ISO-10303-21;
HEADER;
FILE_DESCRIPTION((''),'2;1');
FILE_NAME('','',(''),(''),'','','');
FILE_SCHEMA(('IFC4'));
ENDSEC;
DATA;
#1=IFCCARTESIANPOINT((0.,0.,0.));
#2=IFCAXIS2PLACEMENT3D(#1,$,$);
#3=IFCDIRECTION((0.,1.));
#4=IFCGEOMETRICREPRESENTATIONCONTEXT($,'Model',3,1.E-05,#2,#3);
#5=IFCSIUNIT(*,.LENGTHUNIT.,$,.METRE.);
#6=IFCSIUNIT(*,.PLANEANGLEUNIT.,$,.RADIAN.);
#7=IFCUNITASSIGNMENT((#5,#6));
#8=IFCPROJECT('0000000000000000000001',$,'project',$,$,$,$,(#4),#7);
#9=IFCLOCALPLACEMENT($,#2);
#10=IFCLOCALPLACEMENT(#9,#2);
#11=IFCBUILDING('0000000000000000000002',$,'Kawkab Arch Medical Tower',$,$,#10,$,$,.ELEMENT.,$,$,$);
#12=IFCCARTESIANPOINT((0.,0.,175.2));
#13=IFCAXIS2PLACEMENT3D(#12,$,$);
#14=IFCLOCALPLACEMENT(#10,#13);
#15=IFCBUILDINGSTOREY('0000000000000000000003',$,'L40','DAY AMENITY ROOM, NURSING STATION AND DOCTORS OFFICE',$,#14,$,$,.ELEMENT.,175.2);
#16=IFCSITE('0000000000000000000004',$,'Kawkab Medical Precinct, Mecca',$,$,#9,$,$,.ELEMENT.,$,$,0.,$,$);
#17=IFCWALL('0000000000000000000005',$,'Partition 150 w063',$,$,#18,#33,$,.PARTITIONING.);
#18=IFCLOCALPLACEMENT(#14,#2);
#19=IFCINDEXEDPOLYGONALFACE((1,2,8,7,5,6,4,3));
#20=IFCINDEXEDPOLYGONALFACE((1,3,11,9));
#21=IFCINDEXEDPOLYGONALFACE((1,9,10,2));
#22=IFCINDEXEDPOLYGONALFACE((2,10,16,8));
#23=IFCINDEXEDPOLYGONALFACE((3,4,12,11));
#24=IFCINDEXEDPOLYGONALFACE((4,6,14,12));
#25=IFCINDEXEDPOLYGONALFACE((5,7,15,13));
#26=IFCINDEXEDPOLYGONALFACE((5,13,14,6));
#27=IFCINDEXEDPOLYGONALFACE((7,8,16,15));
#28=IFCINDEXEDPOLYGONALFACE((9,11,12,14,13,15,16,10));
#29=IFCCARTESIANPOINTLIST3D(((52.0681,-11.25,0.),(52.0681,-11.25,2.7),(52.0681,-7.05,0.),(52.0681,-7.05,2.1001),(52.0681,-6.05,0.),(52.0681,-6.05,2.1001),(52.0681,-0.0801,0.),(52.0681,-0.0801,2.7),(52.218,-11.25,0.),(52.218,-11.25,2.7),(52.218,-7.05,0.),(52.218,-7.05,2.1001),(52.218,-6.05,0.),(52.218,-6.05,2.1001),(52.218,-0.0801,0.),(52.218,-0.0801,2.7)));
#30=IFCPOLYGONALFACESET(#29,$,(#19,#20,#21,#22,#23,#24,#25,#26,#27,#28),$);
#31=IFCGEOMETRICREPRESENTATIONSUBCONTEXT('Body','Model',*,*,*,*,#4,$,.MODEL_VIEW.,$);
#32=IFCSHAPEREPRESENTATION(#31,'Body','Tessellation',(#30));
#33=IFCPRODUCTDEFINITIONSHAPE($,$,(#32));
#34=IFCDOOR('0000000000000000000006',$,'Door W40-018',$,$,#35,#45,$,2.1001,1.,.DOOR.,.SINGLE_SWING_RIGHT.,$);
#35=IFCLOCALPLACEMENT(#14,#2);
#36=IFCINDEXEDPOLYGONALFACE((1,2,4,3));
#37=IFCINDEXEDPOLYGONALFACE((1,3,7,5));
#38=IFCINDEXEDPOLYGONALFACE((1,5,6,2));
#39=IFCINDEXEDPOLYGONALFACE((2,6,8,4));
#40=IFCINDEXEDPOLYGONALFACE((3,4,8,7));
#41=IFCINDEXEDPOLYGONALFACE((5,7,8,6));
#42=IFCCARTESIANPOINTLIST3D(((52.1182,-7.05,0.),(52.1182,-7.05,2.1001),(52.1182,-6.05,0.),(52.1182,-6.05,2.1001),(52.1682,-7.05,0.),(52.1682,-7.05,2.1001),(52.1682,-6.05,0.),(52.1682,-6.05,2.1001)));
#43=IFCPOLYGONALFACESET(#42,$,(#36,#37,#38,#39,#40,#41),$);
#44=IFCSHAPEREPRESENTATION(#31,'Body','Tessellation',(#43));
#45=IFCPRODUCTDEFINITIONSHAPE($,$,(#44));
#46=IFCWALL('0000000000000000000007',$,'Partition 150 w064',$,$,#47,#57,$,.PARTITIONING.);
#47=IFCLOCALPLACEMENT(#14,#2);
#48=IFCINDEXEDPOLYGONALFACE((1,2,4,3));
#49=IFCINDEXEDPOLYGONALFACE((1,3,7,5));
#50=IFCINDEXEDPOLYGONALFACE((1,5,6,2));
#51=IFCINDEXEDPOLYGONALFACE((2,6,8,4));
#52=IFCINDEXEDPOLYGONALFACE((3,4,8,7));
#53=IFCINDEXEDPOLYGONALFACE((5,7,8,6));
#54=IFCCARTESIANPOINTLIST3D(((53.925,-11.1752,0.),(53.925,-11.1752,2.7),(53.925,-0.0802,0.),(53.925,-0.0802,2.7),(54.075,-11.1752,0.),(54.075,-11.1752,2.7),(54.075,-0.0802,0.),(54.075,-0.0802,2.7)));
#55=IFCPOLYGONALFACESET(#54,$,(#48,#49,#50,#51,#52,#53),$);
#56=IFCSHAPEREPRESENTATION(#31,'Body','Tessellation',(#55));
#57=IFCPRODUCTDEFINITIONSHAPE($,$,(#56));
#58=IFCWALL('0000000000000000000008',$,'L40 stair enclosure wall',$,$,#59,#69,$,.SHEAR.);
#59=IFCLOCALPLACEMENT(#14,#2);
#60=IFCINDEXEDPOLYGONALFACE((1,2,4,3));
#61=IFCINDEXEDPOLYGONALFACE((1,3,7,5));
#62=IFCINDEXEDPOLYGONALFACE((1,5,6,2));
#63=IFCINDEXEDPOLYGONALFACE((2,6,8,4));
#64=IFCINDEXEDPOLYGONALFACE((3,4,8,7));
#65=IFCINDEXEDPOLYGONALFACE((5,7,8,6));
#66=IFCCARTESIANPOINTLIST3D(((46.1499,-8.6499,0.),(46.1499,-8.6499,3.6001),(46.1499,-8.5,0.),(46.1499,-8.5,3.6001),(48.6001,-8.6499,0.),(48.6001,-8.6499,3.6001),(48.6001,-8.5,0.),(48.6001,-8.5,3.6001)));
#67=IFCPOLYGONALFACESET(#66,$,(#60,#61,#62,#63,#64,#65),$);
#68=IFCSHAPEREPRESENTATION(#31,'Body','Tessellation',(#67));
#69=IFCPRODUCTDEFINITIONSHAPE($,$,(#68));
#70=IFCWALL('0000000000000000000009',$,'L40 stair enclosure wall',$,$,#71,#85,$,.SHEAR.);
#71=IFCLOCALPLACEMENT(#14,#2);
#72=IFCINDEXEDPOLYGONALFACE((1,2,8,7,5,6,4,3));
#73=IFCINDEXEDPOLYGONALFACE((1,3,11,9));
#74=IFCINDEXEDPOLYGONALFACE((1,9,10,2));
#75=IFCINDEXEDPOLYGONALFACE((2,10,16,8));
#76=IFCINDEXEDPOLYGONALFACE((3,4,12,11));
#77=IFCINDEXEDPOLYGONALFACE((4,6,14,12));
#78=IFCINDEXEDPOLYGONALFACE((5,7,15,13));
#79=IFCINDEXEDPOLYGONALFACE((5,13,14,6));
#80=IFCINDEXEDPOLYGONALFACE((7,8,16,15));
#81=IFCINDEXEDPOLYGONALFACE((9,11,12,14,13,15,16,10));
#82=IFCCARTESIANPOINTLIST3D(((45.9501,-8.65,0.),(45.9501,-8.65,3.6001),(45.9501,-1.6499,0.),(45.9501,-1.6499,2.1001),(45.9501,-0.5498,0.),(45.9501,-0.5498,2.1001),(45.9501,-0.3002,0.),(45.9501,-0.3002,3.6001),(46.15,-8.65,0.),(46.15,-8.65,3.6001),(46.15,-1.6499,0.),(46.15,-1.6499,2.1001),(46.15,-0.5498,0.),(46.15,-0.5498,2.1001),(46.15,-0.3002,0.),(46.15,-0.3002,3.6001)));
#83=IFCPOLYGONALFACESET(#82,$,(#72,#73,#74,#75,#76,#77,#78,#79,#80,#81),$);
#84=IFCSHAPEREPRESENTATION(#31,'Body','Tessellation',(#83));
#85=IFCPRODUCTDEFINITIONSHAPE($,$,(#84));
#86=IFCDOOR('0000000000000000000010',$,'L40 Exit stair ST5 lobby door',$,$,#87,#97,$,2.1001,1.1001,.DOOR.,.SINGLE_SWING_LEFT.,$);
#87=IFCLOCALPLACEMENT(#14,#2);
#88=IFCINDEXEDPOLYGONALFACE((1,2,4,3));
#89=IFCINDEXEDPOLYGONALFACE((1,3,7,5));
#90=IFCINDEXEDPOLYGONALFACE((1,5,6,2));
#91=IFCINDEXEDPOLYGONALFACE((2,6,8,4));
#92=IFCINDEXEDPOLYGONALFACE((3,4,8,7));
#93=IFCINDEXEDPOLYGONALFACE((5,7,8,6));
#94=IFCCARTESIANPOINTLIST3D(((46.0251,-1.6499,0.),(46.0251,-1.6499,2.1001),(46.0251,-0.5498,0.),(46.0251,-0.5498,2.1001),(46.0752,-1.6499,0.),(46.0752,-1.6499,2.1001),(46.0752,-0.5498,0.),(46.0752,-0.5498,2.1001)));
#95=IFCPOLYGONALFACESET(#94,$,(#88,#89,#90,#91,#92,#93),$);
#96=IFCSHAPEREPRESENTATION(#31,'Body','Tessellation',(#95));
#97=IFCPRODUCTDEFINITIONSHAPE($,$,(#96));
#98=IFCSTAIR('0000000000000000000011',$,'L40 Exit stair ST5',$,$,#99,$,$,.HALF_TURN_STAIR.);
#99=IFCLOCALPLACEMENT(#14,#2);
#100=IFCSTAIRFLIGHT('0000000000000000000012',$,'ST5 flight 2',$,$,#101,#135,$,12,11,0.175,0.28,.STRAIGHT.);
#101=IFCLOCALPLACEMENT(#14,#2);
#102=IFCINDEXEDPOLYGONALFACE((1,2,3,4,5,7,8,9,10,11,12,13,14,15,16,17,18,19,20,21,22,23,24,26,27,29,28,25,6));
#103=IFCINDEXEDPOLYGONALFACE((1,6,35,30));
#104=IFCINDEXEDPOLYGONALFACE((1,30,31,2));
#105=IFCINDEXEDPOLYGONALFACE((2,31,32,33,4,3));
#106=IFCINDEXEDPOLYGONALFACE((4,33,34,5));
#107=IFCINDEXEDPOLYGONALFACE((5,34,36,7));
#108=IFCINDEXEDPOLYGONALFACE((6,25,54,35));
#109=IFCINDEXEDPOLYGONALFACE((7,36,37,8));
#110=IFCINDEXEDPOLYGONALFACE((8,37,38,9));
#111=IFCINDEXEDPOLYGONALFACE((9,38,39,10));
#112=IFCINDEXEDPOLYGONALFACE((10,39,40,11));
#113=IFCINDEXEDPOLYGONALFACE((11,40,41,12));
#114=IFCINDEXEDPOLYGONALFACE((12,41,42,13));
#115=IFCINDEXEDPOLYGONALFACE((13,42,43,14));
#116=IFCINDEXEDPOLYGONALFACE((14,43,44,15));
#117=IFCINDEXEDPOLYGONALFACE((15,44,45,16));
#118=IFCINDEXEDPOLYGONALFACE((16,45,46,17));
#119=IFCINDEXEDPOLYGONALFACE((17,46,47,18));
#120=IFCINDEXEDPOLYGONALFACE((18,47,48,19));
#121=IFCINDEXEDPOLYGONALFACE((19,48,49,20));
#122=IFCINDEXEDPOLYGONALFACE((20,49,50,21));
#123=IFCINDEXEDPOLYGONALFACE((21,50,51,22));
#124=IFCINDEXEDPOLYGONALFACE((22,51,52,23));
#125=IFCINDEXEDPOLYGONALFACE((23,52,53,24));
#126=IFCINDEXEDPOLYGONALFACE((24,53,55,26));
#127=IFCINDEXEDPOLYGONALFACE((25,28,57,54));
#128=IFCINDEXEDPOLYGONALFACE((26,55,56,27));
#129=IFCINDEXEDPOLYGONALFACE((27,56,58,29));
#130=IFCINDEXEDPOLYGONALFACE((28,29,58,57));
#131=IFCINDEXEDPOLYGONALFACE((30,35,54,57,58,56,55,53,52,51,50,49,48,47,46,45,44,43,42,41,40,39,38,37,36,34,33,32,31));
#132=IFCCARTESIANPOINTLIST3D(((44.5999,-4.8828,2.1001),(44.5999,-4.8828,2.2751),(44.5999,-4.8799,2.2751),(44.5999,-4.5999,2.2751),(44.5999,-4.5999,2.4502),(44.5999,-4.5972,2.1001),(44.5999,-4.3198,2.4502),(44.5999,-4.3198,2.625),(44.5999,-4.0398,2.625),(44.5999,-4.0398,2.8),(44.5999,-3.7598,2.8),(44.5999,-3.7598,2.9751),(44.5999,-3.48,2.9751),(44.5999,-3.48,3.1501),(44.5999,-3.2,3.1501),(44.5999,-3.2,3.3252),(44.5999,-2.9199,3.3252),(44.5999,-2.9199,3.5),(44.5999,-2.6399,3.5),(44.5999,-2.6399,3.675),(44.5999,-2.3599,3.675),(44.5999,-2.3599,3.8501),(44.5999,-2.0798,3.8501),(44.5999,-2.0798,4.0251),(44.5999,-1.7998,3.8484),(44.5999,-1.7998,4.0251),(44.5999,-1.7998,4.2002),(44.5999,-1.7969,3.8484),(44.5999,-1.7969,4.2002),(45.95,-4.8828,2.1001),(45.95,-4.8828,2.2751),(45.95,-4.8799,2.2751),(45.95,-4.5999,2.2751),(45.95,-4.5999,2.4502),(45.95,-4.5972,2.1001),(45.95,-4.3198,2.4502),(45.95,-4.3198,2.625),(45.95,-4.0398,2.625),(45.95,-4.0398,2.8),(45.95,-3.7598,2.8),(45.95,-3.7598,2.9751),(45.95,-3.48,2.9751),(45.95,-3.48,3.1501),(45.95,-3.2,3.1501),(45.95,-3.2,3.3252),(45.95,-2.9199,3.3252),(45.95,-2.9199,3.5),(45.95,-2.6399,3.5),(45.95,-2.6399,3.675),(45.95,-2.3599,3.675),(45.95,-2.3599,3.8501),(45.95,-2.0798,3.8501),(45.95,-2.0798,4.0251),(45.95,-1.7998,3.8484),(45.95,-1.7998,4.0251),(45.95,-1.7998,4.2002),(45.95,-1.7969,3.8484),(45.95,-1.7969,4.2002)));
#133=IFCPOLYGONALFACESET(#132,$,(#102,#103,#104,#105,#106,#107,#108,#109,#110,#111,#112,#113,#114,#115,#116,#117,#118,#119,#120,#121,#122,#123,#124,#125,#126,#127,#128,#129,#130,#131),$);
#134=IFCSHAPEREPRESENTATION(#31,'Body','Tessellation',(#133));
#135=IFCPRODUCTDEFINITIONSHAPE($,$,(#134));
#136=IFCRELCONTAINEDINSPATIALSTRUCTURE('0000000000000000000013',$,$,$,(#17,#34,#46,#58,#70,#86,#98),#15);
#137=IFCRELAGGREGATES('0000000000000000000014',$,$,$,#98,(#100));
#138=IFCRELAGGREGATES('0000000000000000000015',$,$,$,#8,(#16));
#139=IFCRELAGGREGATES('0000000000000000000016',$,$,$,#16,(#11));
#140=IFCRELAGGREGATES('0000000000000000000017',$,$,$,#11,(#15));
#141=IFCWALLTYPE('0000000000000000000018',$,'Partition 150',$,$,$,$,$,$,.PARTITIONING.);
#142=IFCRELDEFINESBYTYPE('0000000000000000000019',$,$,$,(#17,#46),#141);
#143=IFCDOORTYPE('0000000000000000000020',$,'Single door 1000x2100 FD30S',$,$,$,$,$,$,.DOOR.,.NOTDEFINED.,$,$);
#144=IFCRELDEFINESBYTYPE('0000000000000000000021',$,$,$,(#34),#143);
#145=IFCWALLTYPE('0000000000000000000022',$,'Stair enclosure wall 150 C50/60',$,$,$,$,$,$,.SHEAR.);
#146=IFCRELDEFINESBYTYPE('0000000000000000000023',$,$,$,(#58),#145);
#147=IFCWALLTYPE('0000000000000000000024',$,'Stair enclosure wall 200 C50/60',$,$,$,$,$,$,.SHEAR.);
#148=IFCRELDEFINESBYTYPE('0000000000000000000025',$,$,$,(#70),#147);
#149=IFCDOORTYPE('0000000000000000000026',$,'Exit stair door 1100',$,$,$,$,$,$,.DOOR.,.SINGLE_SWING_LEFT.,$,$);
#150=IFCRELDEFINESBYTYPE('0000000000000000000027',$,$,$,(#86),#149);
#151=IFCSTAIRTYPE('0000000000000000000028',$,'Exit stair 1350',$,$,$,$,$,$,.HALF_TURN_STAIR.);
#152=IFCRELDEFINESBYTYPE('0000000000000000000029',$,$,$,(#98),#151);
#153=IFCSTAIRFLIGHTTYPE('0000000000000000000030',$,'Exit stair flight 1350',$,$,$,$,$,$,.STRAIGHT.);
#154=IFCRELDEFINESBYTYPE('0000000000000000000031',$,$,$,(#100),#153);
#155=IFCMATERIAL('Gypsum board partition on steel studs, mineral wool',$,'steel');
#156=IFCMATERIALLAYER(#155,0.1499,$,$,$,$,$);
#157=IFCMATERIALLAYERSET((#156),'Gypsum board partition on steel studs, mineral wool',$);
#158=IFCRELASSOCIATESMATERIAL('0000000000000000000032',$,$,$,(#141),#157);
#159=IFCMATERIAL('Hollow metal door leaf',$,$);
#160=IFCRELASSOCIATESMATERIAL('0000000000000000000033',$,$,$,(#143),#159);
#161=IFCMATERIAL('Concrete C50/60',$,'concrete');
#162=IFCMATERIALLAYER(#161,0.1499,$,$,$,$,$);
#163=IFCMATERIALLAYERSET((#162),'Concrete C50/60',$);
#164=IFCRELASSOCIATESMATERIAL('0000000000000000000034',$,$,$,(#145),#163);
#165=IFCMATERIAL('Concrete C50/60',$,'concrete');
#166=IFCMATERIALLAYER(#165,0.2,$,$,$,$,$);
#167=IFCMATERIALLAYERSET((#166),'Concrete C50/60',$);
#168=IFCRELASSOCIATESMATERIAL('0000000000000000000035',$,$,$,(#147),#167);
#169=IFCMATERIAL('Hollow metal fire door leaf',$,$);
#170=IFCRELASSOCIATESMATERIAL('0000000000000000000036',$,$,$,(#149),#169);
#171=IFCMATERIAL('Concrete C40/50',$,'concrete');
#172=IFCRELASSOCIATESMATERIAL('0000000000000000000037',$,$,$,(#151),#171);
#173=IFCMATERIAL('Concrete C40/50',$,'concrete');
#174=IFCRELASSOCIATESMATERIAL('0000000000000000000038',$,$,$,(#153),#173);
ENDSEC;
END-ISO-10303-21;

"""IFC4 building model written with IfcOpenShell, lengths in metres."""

from ifc_helpers import new_model, si_unit, direction, frame, frame_2d, origin, place, context, subcontext, project, spatial, polyline, rectangle, outline, extrude, material, layer, layer_set, type_object, element, fill, aggregate, save


model = new_model("IFC4")

# Units and contexts
model_context = context("Model", 3, precision=1e-05, world=origin(), true_north=direction((0.0, 1.0)))
body_context = subcontext(model_context, "Body", "Model", "MODEL_VIEW")
ifc_project = project(units=[si_unit("LENGTHUNIT", "METRE"), si_unit("PLANEANGLEUNIT", "RADIAN")], contexts=[model_context])

# Site, building, storey
site_placement = place(None, origin())
site = spatial("IfcSite", under=ifc_project, at=site_placement, Name="Kawkab Medical Precinct, Mecca", CompositionType="ELEMENT", RefElevation=0.0)
building_placement = place(site_placement, origin())
building = spatial("IfcBuilding", under=site, at=building_placement, Name="Kawkab Arch Medical Tower", CompositionType="ELEMENT")
storey_placement = place(building_placement, frame((0.0, 0.0, 175.2)))
storey = spatial("IfcBuildingStorey", under=building, at=storey_placement, Name="L40", Description="DAY AMENITY ROOM, NURSING STATION AND DOCTORS OFFICE", CompositionType="ELEMENT", Elevation=175.2)

# Shared definitions
ifc_material_1 = material(Name="Gypsum board partition on steel studs, mineral wool", Category="steel")
ifc_layer_1 = layer(ifc_material_1, 0.1499)
ifc_layer_set_1 = layer_set([ifc_layer_1], Name="Gypsum board partition on steel studs, mineral wool")
wall_type_1 = type_object("IfcWallType", Name="Partition 150", PredefinedType="PARTITIONING", material=ifc_layer_set_1)

# Wall, opening, door
wall_1_placement = place(storey_placement, frame((52.1431, -11.25, 0.0), z_axis=(0.0, 0.0, 1.0), x_axis=(0.0, 1.0, 0.0)))
wall_1 = element("IfcWall", 1, at=wall_1_placement, inside=storey, type_object=wall_type_1, Name="Partition 150 w063", PredefinedType="PARTITIONING", context=body_context, shape_type="SweptSolid", body=[
    extrude(rectangle(XDim=11.1699, YDim=0.1499, at=frame_2d((5.585, 0.0))), origin(), (0.0, 0.0, 1.0), 2.7),
])
opening_1_placement = place(wall_1_placement, frame((4.2, 0.0, 0.0)))
opening_1 = element("IfcOpeningElement", 2, at=opening_1_placement, cuts=wall_1, PredefinedType="OPENING", context=body_context, shape_type="SweptSolid", body=[
    extrude(rectangle(XDim=1.0, YDim=2.1001, at=frame_2d((0.5, 1.05))), frame((0.0, 0.085, 0.0), z_axis=(0.0, -1.0, 0.0), x_axis=(1.0, 0.0, 0.0)), (0.0, 0.0, 1.0), 0.1699),
])
ifc_material_2 = material(Name="Hollow metal door leaf")
door_type_1 = type_object("IfcDoorType", Name="Single door 1000x2100 FD30S", OperationType="NOTDEFINED", PredefinedType="DOOR", material=ifc_material_2)
door_1_placement = place(opening_1_placement, origin())
door_1 = element("IfcDoor", 3, at=door_1_placement, inside=storey, type_object=door_type_1, Name="Door W40-018", OperationType="SINGLE_SWING_RIGHT", OverallHeight=2.1001, OverallWidth=1.0, PredefinedType="DOOR", context=body_context, shape_type="SweptSolid", body=[
    extrude(rectangle(XDim=1.0, YDim=2.1001, at=frame_2d((0.5, 1.05))), frame((0.0, 0.0249, 0.0), z_axis=(0.0, -1.0, 0.0), x_axis=(1.0, 0.0, 0.0)), (0.0, 0.0, 1.0), 0.05),
])
fill(opening_1, door_1)

# Walls
wall_2_placement = place(storey_placement, frame((54.0, -11.175, 0.0), z_axis=(0.0, 0.0, 1.0), x_axis=(0.0, 1.0, 0.0)))
element("IfcWall", 4, at=wall_2_placement, inside=storey, type_object=wall_type_1, Name="Partition 150 w064", PredefinedType="PARTITIONING", context=body_context, shape_type="SweptSolid", body=[
    extrude(rectangle(XDim=11.095, YDim=0.1499, at=frame_2d((5.5474, 0.0))), origin(), (0.0, 0.0, 1.0), 2.7),
])
ifc_material_3 = material(Name="Concrete C50/60", Category="concrete")
ifc_layer_2 = layer(ifc_material_3, 0.1499)
ifc_layer_set_2 = layer_set([ifc_layer_2], Name="Concrete C50/60")
wall_type_2 = type_object("IfcWallType", Name="Stair enclosure wall 150 C50/60", PredefinedType="SHEAR", material=ifc_layer_set_2)
wall_3_placement = place(storey_placement, frame((46.1499, -8.575, 0.0), z_axis=(0.0, 0.0, 1.0), x_axis=(1.0, 0.0, 0.0)))
element("IfcWall", 5, at=wall_3_placement, inside=storey, type_object=wall_type_2, Name="L40 stair enclosure wall", PredefinedType="SHEAR", context=body_context, shape_type="SweptSolid", body=[
    extrude(rectangle(XDim=2.4502, YDim=0.1499, at=frame_2d((1.2251, 0.0))), origin(), (0.0, 0.0, 1.0), 3.6001),
])

# Wall, opening, door
ifc_material_4 = material(Name="Concrete C50/60", Category="concrete")
ifc_layer_3 = layer(ifc_material_4, 0.2)
ifc_layer_set_3 = layer_set([ifc_layer_3], Name="Concrete C50/60")
wall_type_3 = type_object("IfcWallType", Name="Stair enclosure wall 200 C50/60", PredefinedType="SHEAR", material=ifc_layer_set_3)
wall_4_placement = place(storey_placement, frame((46.05, -8.6499, 0.0), z_axis=(0.0, 0.0, 1.0), x_axis=(0.0, 1.0, 0.0)))
wall_4 = element("IfcWall", 6, at=wall_4_placement, inside=storey, type_object=wall_type_3, Name="L40 stair enclosure wall", PredefinedType="SHEAR", context=body_context, shape_type="SweptSolid", body=[
    extrude(rectangle(XDim=8.3499, YDim=0.2, at=frame_2d((4.1748, 0.0))), origin(), (0.0, 0.0, 1.0), 3.6001),
])
opening_2_placement = place(wall_4_placement, frame((7.0, 0.0, 0.0)))
opening_2 = element("IfcOpeningElement", 7, at=opening_2_placement, cuts=wall_4, PredefinedType="OPENING", context=body_context, shape_type="SweptSolid", body=[
    extrude(rectangle(XDim=1.1001, YDim=2.1001, at=frame_2d((0.55, 1.05))), frame((0.0, 0.1099, 0.0), z_axis=(0.0, -1.0, 0.0), x_axis=(1.0, 0.0, 0.0)), (0.0, 0.0, 1.0), 0.22),
])
ifc_material_5 = material(Name="Hollow metal fire door leaf")
door_type_2 = type_object("IfcDoorType", Name="Exit stair door 1100", OperationType="SINGLE_SWING_LEFT", PredefinedType="DOOR", material=ifc_material_5)
door_2_placement = place(opening_2_placement, origin())
door_2 = element("IfcDoor", 8, at=door_2_placement, inside=storey, type_object=door_type_2, Name="L40 Exit stair ST5 lobby door", OperationType="SINGLE_SWING_LEFT", OverallHeight=2.1001, OverallWidth=1.1001, PredefinedType="DOOR", context=body_context, shape_type="SweptSolid", body=[
    extrude(rectangle(XDim=1.1001, YDim=2.1001, at=frame_2d((0.55, 1.05))), frame((0.0, 0.0249, 0.0), z_axis=(0.0, -1.0, 0.0), x_axis=(1.0, 0.0, 0.0)), (0.0, 0.0, 1.0), 0.05),
])
fill(opening_2, door_2)

# Stair, stair flight
ifc_material_6 = material(Name="Concrete C40/50", Category="concrete")
stair_type = type_object("IfcStairType", Name="Exit stair 1350", PredefinedType="HALF_TURN_STAIR", material=ifc_material_6)
stair_placement = place(storey_placement, origin())
stair = element("IfcStair", 9, at=stair_placement, inside=storey, type_object=stair_type, Name="L40 Exit stair ST5", PredefinedType="HALF_TURN_STAIR")
ifc_material_7 = material(Name="Concrete C40/50", Category="concrete")
stair_flight_type = type_object("IfcStairFlightType", Name="Exit stair flight 1350", PredefinedType="STRAIGHT", material=ifc_material_7)
stair_flight_placement = place(storey_placement, frame((45.2749, -4.8799, 2.1001), z_axis=(0.0, 0.0, 1.0), x_axis=(0.0, 1.0, 0.0)))
stair_flight = element("IfcStairFlight", 10, at=stair_flight_placement, type_object=stair_flight_type, Name="ST5 flight 2", NumberOfRisers=12, NumberOfTreads=11, PredefinedType="STRAIGHT", RiserHeight=0.175, TreadLength=0.28, context=body_context, shape_type="SweptSolid", body=[
    extrude(outline(polyline([(-0.0029, 0.0), (-0.0029, 0.175), (0.0, 0.175), (0.28, 0.175), (0.28, 0.3501), (0.5601, 0.3501), (0.5601, 0.5249), (0.8401, 0.5249), (0.8401, 0.7), (1.1201, 0.7), (1.1201, 0.875), (1.3999, 0.875), (1.3999, 1.05), (1.6799, 1.05), (1.6799, 1.2251), (1.96, 1.2251), (1.96, 1.3999), (2.24, 1.3999), (2.24, 1.575), (2.52, 1.575), (2.52, 1.75), (2.8, 1.75), (2.8, 1.925), (3.0801, 1.925), (3.0801, 2.1001), (3.083, 2.1001), (3.083, 1.7483), (3.0801, 1.7483), (0.2827, 0.0), (-0.0029, 0.0)])), frame((0.0, 0.675, 0.0), z_axis=(0.0, -1.0, 0.0), x_axis=(1.0, 0.0, 0.0)), (0.0, 0.0, 1.0), 1.3501),
])
aggregate(stair, [stair_flight])

save(model, "model.ifc")
